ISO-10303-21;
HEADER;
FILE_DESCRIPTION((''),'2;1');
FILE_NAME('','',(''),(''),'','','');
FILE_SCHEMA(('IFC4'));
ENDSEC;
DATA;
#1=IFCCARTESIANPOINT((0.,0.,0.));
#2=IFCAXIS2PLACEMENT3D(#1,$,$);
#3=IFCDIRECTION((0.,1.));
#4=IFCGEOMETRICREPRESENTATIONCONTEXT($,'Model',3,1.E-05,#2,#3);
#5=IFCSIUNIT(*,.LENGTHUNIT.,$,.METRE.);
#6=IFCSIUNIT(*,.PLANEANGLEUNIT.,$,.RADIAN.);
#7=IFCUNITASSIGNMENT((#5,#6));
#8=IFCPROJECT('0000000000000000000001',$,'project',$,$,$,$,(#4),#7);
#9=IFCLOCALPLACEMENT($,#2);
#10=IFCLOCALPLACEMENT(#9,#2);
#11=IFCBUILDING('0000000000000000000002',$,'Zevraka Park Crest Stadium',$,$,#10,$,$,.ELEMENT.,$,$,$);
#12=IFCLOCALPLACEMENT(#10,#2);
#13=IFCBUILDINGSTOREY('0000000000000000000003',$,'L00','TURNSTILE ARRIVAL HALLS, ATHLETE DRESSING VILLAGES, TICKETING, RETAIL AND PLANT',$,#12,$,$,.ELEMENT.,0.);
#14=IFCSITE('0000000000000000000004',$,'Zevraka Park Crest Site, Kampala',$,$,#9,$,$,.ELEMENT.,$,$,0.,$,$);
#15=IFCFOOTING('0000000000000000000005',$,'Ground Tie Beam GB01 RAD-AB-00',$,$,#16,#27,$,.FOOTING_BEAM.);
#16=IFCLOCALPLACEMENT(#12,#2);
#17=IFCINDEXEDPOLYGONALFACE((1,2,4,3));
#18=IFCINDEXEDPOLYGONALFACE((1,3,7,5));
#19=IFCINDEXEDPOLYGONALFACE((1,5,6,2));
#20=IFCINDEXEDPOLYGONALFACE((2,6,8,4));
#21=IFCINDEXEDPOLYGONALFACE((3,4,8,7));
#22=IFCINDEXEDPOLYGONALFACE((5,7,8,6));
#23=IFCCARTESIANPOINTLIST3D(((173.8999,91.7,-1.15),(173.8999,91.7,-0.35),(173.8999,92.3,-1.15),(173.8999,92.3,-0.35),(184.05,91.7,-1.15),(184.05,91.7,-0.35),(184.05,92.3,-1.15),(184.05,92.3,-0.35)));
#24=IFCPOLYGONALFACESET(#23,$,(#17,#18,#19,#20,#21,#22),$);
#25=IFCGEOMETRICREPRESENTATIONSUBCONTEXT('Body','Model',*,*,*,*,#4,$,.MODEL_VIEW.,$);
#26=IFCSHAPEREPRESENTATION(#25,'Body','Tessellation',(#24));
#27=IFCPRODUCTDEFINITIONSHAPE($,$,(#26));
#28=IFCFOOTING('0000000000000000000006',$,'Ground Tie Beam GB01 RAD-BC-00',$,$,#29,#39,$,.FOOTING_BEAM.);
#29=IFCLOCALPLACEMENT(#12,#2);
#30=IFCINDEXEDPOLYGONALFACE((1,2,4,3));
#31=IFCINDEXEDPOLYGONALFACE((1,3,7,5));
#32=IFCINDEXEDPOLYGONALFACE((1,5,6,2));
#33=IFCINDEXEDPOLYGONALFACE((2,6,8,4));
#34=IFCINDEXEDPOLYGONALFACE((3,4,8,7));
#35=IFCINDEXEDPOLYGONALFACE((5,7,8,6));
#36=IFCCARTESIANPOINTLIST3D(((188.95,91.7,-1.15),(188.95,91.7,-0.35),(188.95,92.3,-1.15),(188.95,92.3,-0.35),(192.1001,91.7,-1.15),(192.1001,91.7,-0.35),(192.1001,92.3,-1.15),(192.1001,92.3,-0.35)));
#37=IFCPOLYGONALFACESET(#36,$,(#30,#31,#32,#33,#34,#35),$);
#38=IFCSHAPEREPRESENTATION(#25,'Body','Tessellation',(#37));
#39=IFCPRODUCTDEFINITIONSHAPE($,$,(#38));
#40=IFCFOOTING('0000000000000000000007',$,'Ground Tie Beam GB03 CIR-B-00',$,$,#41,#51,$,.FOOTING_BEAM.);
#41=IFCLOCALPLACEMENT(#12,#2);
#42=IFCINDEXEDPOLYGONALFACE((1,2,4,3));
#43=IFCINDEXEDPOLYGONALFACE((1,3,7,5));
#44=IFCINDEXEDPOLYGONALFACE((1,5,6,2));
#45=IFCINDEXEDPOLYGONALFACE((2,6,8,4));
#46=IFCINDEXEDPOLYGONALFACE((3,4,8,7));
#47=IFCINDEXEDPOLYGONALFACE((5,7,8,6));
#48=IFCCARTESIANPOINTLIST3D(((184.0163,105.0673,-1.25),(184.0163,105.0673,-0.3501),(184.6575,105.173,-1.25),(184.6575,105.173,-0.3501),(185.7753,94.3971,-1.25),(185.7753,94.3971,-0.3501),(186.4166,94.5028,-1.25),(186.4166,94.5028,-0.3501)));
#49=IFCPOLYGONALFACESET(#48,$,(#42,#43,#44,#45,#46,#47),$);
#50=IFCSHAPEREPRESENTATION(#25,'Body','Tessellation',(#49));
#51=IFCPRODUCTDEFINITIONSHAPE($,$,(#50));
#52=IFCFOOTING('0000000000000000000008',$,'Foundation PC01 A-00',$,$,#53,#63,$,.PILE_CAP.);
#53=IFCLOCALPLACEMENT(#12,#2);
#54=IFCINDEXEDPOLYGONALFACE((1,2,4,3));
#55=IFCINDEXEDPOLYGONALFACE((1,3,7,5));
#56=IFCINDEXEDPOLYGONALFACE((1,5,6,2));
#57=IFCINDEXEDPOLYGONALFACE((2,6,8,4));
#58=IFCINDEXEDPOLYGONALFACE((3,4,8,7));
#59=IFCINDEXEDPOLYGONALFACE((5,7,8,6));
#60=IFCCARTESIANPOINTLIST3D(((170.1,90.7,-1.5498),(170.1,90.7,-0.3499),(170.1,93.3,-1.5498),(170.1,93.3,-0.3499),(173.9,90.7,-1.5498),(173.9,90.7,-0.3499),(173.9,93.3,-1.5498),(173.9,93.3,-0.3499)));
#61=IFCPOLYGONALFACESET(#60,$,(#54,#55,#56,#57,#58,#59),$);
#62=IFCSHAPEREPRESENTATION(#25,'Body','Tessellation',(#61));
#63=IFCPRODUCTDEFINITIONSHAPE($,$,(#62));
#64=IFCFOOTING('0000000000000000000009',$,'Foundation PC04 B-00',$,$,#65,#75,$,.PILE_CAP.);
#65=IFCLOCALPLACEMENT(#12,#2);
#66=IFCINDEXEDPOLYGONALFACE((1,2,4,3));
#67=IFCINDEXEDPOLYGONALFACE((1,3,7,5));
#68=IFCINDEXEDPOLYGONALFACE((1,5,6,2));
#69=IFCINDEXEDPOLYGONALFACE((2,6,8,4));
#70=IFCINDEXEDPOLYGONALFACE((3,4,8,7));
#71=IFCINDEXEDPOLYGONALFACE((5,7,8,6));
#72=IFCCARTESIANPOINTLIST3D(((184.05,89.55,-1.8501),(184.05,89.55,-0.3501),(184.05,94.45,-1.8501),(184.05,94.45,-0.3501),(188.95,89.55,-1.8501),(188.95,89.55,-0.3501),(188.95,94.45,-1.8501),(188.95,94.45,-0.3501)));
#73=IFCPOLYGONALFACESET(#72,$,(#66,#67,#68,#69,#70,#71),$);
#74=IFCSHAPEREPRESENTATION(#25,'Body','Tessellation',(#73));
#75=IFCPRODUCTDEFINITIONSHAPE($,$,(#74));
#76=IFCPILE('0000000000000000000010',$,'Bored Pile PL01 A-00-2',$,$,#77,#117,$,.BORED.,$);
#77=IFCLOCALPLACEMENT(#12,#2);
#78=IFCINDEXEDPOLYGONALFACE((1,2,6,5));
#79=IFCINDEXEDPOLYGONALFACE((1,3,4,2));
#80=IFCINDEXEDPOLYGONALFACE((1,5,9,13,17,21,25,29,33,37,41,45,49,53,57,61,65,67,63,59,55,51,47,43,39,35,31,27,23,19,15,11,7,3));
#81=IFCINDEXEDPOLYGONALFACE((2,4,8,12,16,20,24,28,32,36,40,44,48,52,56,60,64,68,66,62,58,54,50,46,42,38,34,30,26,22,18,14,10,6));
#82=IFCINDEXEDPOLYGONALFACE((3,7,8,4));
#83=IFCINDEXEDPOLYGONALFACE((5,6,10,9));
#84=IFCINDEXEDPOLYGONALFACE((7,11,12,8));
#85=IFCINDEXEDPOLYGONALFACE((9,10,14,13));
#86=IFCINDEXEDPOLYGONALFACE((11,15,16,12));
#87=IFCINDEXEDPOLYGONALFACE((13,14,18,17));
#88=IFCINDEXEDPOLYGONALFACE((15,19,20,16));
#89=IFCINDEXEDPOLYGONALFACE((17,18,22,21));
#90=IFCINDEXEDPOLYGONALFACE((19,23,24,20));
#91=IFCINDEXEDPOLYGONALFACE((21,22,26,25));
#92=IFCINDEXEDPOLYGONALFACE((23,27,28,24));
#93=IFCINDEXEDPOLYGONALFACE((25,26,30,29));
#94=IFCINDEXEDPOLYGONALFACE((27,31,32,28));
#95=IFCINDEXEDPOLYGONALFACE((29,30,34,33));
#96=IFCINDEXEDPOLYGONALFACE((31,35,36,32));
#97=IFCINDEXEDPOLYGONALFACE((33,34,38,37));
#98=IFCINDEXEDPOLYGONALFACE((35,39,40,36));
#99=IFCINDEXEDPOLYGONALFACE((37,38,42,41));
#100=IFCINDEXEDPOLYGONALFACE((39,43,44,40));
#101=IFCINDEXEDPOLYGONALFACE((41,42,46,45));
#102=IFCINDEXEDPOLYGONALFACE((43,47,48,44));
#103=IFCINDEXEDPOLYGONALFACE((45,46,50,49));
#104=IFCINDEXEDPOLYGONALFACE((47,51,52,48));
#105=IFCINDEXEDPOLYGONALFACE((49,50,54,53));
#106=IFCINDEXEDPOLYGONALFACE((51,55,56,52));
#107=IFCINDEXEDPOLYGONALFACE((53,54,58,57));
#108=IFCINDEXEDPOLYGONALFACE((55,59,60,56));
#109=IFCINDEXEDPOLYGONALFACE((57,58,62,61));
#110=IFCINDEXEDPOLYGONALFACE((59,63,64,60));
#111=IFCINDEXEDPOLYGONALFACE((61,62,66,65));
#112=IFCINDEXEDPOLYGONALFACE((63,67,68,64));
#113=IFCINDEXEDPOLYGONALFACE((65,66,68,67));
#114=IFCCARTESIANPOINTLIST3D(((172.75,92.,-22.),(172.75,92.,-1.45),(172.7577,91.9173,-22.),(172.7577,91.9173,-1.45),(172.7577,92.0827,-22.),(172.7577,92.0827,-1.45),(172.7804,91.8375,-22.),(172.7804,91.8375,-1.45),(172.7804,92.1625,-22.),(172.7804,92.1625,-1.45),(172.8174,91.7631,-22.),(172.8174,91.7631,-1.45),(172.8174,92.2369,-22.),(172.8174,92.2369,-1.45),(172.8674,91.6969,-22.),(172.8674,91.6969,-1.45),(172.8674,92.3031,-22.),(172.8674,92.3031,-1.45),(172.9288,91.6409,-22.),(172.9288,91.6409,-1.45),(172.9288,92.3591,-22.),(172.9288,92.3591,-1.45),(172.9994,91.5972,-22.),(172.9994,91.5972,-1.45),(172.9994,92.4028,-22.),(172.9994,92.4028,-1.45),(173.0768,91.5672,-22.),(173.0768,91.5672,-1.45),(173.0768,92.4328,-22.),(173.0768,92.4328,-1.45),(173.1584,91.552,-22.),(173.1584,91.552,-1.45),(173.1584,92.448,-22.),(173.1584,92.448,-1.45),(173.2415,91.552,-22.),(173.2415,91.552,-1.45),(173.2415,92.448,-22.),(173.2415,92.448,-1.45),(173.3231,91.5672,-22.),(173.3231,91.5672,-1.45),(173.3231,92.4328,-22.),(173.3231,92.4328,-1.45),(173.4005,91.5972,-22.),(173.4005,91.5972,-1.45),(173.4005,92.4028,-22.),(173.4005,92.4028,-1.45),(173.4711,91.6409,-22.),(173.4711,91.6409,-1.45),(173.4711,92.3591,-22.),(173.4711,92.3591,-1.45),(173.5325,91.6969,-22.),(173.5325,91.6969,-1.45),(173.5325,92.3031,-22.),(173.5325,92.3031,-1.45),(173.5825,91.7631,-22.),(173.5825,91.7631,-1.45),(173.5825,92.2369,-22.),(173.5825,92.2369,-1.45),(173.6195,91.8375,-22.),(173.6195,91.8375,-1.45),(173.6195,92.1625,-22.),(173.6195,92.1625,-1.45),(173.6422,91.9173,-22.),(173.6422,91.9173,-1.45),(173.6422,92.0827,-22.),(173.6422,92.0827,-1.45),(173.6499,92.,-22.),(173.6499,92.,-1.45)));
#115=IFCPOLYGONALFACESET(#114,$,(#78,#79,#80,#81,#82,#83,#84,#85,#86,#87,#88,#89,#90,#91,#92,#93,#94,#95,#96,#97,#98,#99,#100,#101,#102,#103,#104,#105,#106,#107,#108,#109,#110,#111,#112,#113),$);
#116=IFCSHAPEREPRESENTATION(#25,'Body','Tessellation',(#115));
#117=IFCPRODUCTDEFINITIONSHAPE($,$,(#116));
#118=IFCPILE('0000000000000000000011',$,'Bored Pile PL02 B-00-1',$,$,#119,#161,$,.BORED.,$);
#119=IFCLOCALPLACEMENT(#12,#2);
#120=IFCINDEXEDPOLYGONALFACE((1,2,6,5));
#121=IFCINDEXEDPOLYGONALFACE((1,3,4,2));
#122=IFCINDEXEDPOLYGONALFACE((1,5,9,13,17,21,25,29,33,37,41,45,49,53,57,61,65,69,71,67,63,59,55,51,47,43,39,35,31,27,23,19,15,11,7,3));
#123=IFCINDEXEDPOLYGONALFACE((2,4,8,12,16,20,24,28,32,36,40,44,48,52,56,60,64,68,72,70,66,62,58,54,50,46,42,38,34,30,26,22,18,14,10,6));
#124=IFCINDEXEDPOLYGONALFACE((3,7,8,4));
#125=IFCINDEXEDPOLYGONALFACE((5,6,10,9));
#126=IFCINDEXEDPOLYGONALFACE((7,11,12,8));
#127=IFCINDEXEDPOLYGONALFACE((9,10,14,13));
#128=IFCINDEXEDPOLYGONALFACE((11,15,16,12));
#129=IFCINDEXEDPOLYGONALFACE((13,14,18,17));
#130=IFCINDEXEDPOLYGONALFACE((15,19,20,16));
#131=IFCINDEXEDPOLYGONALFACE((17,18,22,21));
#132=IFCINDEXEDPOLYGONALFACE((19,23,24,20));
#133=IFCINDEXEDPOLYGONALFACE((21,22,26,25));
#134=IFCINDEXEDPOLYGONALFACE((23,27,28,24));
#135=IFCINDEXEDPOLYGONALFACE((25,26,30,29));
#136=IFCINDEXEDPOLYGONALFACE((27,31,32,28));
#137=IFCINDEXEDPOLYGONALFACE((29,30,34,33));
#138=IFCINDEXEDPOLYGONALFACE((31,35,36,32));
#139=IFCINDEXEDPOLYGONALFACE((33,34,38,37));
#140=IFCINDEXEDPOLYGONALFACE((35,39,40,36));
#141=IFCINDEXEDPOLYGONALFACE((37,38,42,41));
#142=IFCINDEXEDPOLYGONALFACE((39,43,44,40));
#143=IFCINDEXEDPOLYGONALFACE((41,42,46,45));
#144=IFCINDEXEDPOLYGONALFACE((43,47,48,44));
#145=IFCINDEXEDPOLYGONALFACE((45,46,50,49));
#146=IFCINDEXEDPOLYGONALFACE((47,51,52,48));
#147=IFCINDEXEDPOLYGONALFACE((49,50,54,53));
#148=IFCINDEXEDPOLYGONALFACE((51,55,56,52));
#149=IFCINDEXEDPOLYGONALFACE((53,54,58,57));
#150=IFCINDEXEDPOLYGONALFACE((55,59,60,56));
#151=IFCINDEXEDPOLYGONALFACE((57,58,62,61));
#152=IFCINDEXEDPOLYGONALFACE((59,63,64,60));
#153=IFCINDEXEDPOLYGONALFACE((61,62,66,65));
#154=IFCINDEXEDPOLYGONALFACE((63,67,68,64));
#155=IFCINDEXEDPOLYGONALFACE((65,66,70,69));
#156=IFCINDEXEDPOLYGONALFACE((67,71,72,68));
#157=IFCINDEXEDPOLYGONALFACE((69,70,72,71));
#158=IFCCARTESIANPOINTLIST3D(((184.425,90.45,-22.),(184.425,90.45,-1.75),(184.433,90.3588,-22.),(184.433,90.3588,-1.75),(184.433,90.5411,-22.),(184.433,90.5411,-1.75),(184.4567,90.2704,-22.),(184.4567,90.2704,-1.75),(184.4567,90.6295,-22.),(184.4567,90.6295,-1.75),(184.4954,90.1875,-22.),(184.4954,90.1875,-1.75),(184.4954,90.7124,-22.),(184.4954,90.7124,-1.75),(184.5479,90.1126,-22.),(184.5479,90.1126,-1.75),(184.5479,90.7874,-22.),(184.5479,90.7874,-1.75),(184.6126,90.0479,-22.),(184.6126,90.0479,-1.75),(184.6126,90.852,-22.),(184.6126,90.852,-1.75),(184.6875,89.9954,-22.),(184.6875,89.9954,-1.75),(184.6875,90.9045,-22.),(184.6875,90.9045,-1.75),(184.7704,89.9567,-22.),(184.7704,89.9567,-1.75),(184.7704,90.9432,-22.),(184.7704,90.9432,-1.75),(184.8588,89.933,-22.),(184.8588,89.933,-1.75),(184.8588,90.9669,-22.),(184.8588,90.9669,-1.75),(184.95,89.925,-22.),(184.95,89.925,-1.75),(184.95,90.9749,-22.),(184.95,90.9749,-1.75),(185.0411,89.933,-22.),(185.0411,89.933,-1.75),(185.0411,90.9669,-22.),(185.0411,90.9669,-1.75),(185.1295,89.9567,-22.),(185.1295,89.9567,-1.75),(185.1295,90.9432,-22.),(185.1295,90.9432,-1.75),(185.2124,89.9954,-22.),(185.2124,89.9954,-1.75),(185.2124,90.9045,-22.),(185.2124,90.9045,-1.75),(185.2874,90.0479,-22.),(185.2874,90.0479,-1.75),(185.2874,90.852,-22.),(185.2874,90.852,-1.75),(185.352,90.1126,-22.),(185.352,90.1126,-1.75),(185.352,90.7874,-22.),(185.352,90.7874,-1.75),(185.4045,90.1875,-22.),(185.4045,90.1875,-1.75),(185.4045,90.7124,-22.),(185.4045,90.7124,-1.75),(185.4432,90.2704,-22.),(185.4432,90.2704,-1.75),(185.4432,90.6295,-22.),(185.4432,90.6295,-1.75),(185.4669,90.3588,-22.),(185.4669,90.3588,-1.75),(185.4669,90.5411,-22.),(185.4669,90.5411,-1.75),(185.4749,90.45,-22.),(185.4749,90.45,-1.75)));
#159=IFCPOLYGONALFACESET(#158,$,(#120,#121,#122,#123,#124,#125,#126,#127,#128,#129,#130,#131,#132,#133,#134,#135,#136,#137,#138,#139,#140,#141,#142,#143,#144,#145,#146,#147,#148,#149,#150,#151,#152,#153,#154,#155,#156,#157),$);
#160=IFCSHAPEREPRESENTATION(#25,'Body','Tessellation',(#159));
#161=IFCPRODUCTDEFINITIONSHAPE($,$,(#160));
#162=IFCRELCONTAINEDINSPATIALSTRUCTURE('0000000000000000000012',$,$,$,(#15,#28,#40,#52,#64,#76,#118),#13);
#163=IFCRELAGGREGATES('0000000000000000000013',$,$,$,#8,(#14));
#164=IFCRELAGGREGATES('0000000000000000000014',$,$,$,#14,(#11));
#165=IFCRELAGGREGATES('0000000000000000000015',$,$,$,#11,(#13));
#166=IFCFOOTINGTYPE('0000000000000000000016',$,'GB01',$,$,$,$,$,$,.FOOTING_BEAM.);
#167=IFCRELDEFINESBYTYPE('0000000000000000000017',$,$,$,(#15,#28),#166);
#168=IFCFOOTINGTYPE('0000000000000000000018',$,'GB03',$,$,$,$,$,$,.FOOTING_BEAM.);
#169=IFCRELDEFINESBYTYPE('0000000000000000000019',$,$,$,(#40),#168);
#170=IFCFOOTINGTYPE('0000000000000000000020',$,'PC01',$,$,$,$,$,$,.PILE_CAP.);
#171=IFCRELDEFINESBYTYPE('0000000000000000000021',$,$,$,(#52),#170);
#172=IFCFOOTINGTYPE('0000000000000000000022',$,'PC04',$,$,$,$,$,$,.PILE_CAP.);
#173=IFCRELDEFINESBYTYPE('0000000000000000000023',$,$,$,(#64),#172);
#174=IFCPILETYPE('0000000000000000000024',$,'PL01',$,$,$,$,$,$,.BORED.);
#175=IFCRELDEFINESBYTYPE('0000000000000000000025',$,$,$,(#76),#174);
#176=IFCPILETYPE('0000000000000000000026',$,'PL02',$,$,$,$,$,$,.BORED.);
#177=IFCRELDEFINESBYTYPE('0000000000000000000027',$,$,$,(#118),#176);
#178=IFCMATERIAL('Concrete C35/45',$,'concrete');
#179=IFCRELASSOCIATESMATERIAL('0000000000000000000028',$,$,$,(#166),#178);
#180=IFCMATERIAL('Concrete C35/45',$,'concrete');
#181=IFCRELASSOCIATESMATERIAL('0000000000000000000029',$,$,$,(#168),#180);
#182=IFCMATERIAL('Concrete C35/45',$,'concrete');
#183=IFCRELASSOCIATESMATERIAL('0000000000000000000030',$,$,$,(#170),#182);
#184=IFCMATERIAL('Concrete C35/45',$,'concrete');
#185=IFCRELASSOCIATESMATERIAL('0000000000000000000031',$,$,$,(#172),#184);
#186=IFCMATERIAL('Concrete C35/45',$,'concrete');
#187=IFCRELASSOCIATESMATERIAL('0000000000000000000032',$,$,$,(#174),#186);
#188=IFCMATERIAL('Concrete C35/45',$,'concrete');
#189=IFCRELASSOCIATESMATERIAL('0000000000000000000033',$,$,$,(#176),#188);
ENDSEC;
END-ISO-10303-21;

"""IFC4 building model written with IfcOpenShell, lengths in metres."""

from ifc_helpers import new_model, si_unit, direction, frame, origin, origin_2d, place, context, subcontext, project, spatial, rectangle, circle, extrude, material, material_profile, profile_set, type_object, element, save


model = new_model("IFC4")

# Units and contexts
model_context = context("Model", 3, precision=1e-05, world=origin(), true_north=direction((0.0, 1.0)))
body_context = subcontext(model_context, "Body", "Model", "MODEL_VIEW")
ifc_project = project(units=[si_unit("LENGTHUNIT", "METRE"), si_unit("PLANEANGLEUNIT", "RADIAN")], contexts=[model_context])

# Site, building, storey
site_placement = place(None, origin())
site = spatial("IfcSite", under=ifc_project, at=site_placement, Name="Zevraka Park Crest Site, Kampala", CompositionType="ELEMENT", RefElevation=0.0)
building_placement = place(site_placement, origin())
building = spatial("IfcBuilding", under=site, at=building_placement, Name="Zevraka Park Crest Stadium", CompositionType="ELEMENT")
storey_placement = place(building_placement, origin())
storey = spatial("IfcBuildingStorey", under=building, at=storey_placement, Name="L00", Description="TURNSTILE ARRIVAL HALLS, ATHLETE DRESSING VILLAGES, TICKETING, RETAIL AND PLANT", CompositionType="ELEMENT", Elevation=0.0)

# Footings
ifc_material_1 = material(Name="Concrete C35/45", Category="concrete")
ifc_material_profile_1 = material_profile(ifc_material_1, rectangle(XDim=0.6001, YDim=0.8, at=origin_2d()), Name="GB 800x600")
ifc_profile_set_1 = profile_set([ifc_material_profile_1], Name="Concrete C35/45")
footing_type_1 = type_object("IfcFootingType", Name="GB01", PredefinedType="FOOTING_BEAM", material=ifc_profile_set_1)
footing_1_placement = place(storey_placement, frame((173.8999, 92.0, -0.75), z_axis=(1.0, 0.0, 0.0), x_axis=(0.0, 1.0, 0.0)))
element("IfcFooting", 1, at=footing_1_placement, inside=storey, type_object=footing_type_1, Name="Ground Tie Beam GB01 RAD-AB-00", PredefinedType="FOOTING_BEAM", context=body_context, shape_type="SweptSolid", body=[
    extrude(rectangle(XDim=0.6001, YDim=0.8, at=origin_2d()), origin(), (0.0, 0.0, 1.0), 10.1501),
])
footing_2_placement = place(storey_placement, frame((188.95, 92.0, -0.75), z_axis=(1.0, 0.0, 0.0), x_axis=(0.0, 1.0, 0.0)))
element("IfcFooting", 2, at=footing_2_placement, inside=storey, type_object=footing_type_1, Name="Ground Tie Beam GB01 RAD-BC-00", PredefinedType="FOOTING_BEAM", context=body_context, shape_type="SweptSolid", body=[
    extrude(rectangle(XDim=0.6001, YDim=0.8, at=origin_2d()), origin(), (0.0, 0.0, 1.0), 3.1501),
])
ifc_material_2 = material(Name="Concrete C35/45", Category="concrete")
ifc_material_profile_2 = material_profile(ifc_material_2, rectangle(XDim=0.6499, YDim=0.8999, at=origin_2d()), Name="GB 900x650")
ifc_profile_set_2 = profile_set([ifc_material_profile_2], Name="Concrete C35/45")
footing_type_2 = type_object("IfcFootingType", Name="GB03", PredefinedType="FOOTING_BEAM", material=ifc_profile_set_2)
footing_3_placement = place(storey_placement, frame((186.0959, 94.45, -0.8), z_axis=(-0.16266, 0.986682, 0.0), x_axis=(-0.986682, -0.16266, 0.0)))
element("IfcFooting", 3, at=footing_3_placement, inside=storey, type_object=footing_type_2, Name="Ground Tie Beam GB03 CIR-B-00", PredefinedType="FOOTING_BEAM", context=body_context, shape_type="SweptSolid", body=[
    extrude(rectangle(XDim=0.6499, YDim=0.8999, at=origin_2d()), origin(), (0.0, 0.0, 1.0), 10.8142),
])
ifc_material_3 = material(Name="Concrete C35/45", Category="concrete")
footing_type_3 = type_object("IfcFootingType", Name="PC01", PredefinedType="PILE_CAP", material=ifc_material_3)
footing_4_placement = place(storey_placement, frame((172.0, 92.0, -1.5498), z_axis=(0.0, 0.0, 1.0), x_axis=(1.0, 0.0, 0.0)))
element("IfcFooting", 4, at=footing_4_placement, inside=storey, type_object=footing_type_3, Name="Foundation PC01 A-00", PredefinedType="PILE_CAP", context=body_context, shape_type="SweptSolid", body=[
    extrude(rectangle(XDim=3.8, YDim=2.6001, at=origin_2d()), origin(), (0.0, 0.0, 1.0), 1.2),
])
ifc_material_4 = material(Name="Concrete C35/45", Category="concrete")
footing_type_4 = type_object("IfcFootingType", Name="PC04", PredefinedType="PILE_CAP", material=ifc_material_4)
footing_5_placement = place(storey_placement, frame((186.5, 92.0, -1.8501), z_axis=(0.0, 0.0, 1.0), x_axis=(1.0, 0.0, 0.0)))
element("IfcFooting", 5, at=footing_5_placement, inside=storey, type_object=footing_type_4, Name="Foundation PC04 B-00", PredefinedType="PILE_CAP", context=body_context, shape_type="SweptSolid", body=[
    extrude(rectangle(XDim=4.8999, YDim=4.8999, at=origin_2d()), origin(), (0.0, 0.0, 1.0), 1.5),
])

# Piles
ifc_material_5 = material(Name="Concrete C35/45", Category="concrete")
ifc_material_profile_3 = material_profile(ifc_material_5, circle(Radius=0.45, at=origin_2d()), Name="PILE D900")
ifc_profile_set_3 = profile_set([ifc_material_profile_3], Name="Concrete C35/45")
pile_type_1 = type_object("IfcPileType", Name="PL01", PredefinedType="BORED", material=ifc_profile_set_3)
pile_placement = place(storey_placement, frame((173.2, 92.0, -1.45), z_axis=(0.0, 0.0, -1.0), x_axis=(1.0, 0.0, 0.0)))
element("IfcPile", 6, at=pile_placement, inside=storey, type_object=pile_type_1, Name="Bored Pile PL01 A-00-2", PredefinedType="BORED", context=body_context, shape_type="SweptSolid", body=[
    extrude(circle(Radius=0.45, at=origin_2d()), origin(), (0.0, 0.0, 1.0), 20.55),
])
ifc_material_6 = material(Name="Concrete C35/45", Category="concrete")
ifc_material_profile_4 = material_profile(ifc_material_6, circle(Radius=0.5249, at=origin_2d()), Name="PILE D1050")
ifc_profile_set_4 = profile_set([ifc_material_profile_4], Name="Concrete C35/45")
pile_type_2 = type_object("IfcPileType", Name="PL02", PredefinedType="BORED", material=ifc_profile_set_4)
for number, where, z_axis, x_axis, name in (
    (7, (184.95, 90.45, -1.75), (0.0, 0.0, -1.0), (1.0, 0.0, 0.0), "Bored Pile PL02 B-00-1"),
):
    element("IfcPile", number, at=place(storey_placement, frame(where, z_axis=z_axis, x_axis=x_axis)), inside=storey, type_object=pile_type_2, Name=name, PredefinedType="BORED", context=body_context, shape_type="SweptSolid", body=[
        extrude(circle(Radius=0.5249, at=origin_2d()), origin(), (0.0, 0.0, 1.0), 20.25),
    ])

save(model, "model.ifc")
